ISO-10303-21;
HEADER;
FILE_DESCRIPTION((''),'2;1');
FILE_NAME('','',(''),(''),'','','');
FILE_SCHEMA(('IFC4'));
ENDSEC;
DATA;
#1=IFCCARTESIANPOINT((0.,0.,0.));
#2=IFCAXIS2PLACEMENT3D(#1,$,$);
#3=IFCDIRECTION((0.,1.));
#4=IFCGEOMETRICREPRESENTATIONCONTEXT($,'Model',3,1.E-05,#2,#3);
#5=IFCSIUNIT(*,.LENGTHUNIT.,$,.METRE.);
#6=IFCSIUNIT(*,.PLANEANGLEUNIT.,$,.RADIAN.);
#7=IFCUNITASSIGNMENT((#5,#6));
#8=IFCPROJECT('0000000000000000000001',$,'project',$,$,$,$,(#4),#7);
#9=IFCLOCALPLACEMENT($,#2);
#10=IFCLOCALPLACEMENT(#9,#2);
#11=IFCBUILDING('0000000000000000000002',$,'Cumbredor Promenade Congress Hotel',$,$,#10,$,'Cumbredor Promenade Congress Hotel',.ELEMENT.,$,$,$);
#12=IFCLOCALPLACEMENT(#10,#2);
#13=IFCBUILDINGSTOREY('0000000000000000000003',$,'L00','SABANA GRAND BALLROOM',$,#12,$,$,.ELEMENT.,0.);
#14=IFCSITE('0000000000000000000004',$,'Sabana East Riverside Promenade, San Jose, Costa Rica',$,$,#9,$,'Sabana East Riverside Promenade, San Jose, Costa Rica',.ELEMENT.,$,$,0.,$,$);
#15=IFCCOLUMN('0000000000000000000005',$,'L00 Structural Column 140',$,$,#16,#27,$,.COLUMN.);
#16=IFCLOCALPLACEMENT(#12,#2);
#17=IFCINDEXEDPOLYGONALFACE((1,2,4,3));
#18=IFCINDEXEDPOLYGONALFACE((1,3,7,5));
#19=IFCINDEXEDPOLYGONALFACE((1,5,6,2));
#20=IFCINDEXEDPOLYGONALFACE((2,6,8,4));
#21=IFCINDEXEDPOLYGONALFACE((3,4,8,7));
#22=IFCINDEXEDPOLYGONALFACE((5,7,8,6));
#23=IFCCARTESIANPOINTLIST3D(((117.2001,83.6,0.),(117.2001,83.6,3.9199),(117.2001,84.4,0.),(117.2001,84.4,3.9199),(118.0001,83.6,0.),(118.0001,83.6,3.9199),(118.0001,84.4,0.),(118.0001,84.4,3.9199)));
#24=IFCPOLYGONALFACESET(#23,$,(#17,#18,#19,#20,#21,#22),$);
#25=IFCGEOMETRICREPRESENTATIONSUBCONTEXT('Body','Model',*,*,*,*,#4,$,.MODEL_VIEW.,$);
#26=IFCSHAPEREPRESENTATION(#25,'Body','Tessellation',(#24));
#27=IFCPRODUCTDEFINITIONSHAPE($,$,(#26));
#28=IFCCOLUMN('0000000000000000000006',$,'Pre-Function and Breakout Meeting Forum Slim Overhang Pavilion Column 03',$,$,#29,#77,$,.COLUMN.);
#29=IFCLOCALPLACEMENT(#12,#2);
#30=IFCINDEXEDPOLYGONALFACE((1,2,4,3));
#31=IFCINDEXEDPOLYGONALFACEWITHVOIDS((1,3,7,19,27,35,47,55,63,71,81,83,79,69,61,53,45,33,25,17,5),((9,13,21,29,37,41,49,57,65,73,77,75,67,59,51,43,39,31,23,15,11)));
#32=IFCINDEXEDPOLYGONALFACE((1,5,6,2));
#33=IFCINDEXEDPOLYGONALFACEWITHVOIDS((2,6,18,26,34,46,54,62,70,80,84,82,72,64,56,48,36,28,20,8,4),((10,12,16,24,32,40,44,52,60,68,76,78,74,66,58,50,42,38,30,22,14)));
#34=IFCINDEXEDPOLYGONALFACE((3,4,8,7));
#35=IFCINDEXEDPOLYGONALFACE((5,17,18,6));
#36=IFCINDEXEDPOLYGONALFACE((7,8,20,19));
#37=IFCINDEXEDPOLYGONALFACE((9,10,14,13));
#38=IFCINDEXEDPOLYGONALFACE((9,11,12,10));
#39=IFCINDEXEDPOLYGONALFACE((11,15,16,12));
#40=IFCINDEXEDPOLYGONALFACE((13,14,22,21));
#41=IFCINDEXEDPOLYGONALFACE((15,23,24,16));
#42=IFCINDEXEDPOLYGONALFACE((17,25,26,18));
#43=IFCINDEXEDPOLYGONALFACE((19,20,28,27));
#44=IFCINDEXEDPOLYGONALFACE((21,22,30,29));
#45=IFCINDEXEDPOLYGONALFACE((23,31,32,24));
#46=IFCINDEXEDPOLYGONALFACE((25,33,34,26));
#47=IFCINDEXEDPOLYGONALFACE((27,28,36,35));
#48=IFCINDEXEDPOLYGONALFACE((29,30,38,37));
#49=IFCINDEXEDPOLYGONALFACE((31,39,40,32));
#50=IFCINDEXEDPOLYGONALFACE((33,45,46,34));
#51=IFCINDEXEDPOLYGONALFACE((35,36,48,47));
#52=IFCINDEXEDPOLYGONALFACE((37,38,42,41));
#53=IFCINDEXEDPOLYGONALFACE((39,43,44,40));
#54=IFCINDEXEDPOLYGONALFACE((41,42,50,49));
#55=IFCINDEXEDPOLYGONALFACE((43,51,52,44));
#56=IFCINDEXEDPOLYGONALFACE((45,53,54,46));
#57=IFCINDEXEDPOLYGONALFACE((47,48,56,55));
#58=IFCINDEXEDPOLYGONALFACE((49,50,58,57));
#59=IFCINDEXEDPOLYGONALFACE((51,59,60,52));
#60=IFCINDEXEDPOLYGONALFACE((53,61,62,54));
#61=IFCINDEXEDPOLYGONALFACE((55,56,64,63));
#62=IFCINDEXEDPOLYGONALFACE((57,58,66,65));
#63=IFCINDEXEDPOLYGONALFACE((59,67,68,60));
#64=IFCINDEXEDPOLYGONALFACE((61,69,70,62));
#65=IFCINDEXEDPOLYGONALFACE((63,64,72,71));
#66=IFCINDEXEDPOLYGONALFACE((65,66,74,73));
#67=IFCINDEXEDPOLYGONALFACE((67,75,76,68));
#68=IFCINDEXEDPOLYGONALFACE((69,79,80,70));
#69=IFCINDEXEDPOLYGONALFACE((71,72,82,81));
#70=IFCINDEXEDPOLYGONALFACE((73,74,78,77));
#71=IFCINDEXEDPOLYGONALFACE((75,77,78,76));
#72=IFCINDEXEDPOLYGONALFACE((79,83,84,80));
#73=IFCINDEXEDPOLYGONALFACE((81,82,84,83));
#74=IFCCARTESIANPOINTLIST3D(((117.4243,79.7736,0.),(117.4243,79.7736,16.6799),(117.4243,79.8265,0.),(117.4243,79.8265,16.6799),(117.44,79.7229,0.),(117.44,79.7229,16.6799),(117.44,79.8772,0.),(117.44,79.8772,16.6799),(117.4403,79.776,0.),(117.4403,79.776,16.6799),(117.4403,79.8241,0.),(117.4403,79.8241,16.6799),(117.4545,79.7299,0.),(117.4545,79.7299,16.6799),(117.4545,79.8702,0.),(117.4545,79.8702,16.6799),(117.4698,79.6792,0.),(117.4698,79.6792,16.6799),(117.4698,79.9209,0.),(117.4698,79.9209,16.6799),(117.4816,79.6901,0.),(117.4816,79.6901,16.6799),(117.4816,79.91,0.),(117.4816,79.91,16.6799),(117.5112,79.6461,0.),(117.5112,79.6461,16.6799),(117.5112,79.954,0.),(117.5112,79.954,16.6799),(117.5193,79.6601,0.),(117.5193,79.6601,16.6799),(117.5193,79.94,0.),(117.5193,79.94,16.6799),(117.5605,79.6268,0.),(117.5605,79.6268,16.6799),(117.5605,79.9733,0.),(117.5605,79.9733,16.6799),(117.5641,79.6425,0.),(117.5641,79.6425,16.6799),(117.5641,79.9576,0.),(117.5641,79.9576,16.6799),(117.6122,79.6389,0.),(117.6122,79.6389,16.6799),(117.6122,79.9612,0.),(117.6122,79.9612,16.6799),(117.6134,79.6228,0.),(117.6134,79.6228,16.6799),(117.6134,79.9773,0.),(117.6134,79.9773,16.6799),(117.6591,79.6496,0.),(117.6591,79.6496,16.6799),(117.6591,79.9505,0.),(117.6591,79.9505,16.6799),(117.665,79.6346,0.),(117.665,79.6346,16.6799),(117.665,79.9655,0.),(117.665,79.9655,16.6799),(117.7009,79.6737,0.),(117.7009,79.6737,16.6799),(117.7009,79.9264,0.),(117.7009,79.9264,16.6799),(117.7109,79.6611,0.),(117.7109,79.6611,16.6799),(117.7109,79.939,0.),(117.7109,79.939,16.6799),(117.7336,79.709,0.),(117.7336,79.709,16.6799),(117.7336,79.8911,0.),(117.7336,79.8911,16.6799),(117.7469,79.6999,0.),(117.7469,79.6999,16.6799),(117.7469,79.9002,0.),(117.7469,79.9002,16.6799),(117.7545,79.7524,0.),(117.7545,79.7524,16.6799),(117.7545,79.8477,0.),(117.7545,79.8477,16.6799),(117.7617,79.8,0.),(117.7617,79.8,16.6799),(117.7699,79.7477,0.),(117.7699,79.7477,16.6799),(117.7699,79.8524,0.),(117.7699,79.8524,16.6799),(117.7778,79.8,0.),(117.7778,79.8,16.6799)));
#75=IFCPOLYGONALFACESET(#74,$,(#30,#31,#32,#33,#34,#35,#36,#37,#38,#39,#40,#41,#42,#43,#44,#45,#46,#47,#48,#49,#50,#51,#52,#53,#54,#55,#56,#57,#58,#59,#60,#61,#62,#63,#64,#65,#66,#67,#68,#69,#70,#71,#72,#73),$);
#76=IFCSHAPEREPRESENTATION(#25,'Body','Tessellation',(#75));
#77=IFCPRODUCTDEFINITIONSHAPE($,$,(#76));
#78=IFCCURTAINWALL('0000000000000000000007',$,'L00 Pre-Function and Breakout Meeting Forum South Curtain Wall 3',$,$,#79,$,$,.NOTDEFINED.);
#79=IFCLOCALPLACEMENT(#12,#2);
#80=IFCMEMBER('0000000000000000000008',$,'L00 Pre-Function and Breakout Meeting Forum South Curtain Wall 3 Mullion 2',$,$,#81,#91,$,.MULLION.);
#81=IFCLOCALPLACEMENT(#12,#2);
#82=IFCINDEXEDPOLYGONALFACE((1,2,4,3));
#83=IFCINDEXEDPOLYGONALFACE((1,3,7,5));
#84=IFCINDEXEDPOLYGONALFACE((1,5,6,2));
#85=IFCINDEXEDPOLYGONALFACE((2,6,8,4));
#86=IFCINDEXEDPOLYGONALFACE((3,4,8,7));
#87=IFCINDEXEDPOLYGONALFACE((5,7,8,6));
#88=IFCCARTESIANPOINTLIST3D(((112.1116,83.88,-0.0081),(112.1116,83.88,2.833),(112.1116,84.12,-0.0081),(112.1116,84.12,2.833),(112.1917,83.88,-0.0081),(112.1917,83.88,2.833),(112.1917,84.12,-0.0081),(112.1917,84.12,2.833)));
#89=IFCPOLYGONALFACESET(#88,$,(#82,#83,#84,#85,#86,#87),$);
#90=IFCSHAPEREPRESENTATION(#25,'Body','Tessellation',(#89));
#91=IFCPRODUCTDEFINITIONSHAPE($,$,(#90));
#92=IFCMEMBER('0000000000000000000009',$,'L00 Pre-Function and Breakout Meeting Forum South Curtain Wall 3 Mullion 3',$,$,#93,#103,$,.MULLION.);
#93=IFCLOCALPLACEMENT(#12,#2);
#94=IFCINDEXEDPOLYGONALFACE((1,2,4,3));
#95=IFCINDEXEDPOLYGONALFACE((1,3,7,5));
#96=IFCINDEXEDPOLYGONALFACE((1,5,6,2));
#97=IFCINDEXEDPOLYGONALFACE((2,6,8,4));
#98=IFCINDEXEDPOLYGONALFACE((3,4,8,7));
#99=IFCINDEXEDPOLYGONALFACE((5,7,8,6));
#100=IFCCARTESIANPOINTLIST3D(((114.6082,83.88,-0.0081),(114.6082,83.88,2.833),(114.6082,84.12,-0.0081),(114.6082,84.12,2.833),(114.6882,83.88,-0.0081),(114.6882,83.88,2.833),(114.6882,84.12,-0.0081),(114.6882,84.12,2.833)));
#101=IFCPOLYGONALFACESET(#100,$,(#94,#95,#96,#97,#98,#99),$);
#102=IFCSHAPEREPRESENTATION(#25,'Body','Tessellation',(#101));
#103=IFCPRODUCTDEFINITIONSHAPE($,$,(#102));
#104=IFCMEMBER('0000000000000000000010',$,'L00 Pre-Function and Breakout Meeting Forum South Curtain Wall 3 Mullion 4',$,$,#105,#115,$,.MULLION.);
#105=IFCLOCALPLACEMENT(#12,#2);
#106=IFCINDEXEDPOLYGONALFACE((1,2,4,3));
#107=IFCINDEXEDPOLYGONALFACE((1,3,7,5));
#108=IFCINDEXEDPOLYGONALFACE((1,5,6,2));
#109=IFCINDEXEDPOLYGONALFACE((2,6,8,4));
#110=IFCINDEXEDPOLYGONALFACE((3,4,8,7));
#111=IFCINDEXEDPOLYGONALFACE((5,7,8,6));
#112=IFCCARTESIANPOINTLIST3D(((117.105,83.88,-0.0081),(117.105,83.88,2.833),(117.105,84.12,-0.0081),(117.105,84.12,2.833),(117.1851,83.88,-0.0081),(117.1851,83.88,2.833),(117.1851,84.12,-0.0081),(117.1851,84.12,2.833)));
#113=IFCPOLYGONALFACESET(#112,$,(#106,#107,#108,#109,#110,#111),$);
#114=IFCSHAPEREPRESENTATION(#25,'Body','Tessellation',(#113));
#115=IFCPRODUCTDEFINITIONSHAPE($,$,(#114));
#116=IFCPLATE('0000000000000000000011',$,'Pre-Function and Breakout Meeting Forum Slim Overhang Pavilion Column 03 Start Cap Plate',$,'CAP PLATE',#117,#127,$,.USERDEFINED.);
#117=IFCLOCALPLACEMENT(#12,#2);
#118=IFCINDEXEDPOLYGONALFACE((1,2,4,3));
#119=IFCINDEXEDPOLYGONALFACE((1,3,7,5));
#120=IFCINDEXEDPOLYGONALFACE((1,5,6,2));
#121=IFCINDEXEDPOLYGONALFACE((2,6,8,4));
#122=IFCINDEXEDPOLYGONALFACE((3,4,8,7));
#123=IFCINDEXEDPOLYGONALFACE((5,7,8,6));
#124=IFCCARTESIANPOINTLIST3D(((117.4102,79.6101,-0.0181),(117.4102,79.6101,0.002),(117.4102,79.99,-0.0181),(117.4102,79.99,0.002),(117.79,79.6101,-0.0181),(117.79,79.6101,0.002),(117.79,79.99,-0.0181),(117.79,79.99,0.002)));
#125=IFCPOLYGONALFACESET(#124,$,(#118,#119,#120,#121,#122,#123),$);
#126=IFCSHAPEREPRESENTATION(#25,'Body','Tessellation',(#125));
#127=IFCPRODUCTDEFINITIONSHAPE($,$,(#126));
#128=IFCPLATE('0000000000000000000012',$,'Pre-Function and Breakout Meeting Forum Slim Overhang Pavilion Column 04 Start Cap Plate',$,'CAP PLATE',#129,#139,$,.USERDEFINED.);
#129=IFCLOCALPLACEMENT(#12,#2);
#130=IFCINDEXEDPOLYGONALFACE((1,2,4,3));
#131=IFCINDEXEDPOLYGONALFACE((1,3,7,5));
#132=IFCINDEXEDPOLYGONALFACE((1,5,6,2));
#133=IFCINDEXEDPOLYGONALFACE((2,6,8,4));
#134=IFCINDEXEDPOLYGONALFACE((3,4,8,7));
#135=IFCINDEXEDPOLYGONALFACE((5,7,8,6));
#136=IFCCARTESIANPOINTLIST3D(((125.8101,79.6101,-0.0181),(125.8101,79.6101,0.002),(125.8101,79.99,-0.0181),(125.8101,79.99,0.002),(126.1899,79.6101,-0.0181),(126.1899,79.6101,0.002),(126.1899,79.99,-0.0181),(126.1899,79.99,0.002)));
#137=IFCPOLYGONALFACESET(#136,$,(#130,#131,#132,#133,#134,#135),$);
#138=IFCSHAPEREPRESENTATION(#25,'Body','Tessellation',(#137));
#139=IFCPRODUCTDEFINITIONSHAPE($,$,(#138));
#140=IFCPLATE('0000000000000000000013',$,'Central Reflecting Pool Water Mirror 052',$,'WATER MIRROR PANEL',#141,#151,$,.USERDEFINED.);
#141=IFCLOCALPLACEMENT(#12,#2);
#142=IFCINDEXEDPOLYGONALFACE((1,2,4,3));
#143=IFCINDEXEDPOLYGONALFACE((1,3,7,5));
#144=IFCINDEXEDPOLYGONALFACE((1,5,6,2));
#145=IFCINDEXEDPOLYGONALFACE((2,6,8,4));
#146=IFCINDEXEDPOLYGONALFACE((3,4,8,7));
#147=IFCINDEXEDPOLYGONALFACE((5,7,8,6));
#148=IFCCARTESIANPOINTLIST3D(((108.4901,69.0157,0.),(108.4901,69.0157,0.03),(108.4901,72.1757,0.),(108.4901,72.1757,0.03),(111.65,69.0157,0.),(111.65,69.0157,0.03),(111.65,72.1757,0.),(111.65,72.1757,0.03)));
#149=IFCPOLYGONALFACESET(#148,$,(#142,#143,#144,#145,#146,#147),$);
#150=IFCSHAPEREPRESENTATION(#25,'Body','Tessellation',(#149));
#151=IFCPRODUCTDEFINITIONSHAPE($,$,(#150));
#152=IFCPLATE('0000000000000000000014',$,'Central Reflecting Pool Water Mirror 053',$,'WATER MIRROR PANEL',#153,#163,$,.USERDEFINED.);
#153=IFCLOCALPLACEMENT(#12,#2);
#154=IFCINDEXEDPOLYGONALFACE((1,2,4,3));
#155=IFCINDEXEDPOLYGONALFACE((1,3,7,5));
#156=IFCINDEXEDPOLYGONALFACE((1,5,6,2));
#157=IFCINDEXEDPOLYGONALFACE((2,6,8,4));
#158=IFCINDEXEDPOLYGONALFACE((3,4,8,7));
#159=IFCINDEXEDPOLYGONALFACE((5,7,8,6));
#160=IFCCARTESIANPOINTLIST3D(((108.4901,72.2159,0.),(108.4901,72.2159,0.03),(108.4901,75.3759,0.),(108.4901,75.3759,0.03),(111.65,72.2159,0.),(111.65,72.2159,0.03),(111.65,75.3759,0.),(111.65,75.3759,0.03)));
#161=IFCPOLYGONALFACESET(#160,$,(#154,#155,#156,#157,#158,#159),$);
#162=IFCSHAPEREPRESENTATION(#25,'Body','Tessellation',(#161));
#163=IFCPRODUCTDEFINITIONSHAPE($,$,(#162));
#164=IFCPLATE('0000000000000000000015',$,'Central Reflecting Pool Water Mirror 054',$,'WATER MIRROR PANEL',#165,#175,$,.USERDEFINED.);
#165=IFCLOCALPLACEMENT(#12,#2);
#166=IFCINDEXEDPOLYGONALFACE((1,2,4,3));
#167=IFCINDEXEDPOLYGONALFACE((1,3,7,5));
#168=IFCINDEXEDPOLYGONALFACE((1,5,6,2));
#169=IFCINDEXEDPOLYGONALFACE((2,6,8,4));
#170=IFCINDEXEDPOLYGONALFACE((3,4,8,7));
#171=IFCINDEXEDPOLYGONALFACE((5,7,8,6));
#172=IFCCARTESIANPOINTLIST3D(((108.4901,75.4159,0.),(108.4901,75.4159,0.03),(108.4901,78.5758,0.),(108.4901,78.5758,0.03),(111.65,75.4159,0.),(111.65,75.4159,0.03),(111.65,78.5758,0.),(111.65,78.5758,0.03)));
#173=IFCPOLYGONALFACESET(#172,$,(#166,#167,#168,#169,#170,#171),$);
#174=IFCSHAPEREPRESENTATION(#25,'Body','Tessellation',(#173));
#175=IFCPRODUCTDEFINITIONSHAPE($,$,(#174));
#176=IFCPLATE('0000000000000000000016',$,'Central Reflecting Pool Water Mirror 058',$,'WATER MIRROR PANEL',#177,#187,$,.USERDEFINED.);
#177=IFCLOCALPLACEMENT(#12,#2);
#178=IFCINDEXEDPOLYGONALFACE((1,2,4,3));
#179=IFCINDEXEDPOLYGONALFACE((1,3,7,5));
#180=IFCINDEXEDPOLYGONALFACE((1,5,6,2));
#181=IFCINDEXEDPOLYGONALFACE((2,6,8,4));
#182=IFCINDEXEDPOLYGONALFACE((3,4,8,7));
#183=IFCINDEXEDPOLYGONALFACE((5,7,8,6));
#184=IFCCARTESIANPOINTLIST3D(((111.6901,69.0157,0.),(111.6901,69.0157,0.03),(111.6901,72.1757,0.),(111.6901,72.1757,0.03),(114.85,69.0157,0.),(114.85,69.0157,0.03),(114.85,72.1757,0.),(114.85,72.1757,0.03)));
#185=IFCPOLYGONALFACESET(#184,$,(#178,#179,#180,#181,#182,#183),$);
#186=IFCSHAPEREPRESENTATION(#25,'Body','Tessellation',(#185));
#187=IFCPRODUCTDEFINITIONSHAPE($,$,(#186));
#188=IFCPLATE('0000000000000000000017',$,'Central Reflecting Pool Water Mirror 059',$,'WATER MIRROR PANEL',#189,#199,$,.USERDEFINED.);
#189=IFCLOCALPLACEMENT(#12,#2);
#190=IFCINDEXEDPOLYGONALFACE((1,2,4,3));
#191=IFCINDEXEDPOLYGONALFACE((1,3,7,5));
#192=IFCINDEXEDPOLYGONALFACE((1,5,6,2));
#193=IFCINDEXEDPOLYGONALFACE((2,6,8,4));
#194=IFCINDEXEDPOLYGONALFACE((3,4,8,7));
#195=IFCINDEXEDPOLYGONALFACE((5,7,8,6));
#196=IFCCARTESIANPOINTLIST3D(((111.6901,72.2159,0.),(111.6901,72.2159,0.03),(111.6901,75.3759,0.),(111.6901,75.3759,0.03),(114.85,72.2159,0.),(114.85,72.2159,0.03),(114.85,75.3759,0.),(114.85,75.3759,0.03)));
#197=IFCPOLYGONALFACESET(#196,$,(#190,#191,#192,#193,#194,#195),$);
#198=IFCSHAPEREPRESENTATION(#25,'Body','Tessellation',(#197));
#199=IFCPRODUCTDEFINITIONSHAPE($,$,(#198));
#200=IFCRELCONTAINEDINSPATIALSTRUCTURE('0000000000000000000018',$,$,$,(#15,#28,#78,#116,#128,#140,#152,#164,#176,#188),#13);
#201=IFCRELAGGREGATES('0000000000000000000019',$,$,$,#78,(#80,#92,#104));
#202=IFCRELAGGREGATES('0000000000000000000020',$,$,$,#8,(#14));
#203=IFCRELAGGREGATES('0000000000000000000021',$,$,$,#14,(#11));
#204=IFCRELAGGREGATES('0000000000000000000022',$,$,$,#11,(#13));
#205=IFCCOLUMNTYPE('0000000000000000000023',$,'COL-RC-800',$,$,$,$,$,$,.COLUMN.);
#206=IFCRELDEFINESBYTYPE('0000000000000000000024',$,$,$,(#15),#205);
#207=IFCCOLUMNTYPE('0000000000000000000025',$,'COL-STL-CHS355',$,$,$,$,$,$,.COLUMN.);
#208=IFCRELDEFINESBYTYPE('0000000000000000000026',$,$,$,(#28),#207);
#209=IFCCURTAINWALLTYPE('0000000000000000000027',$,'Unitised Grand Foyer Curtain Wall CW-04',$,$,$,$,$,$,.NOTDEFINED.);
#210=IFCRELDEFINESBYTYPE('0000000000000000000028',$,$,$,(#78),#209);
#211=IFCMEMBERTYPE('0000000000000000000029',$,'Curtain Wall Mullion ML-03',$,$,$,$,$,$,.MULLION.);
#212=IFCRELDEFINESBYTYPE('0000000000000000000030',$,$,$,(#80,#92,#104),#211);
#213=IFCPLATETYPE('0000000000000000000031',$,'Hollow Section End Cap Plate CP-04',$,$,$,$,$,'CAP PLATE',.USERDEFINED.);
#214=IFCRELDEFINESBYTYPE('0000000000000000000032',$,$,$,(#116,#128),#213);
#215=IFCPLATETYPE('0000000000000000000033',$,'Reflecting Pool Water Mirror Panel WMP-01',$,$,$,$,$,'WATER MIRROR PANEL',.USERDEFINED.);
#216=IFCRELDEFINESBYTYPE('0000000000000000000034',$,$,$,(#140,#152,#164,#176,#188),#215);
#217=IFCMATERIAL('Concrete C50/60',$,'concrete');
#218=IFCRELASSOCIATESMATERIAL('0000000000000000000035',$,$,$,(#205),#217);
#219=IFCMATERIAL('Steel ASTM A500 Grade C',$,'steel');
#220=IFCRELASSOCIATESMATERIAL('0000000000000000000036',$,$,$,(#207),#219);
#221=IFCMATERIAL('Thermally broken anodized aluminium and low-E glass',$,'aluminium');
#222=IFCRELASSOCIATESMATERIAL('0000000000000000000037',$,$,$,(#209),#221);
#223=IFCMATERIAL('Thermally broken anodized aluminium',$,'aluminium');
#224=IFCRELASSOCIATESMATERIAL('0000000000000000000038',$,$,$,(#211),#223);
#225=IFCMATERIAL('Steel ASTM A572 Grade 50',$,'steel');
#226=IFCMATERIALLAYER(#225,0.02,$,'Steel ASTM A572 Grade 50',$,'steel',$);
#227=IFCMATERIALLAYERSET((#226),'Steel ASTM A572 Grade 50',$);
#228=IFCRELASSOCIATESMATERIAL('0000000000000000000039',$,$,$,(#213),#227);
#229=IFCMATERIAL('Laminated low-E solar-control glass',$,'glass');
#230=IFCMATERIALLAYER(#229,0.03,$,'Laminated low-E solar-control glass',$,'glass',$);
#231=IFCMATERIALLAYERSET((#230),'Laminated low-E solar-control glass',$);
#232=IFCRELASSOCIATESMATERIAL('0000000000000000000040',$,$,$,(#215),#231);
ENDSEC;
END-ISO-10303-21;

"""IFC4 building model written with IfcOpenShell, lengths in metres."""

from ifc_helpers import new_model, si_unit, direction, frame, origin, origin_2d, place, context, subcontext, project, spatial, rectangle, hollow_circle, extrude, material, layer, layer_set, material_profile, profile_set, type_object, element, aggregate, save


model = new_model("IFC4")

# Units and contexts
model_context = context("Model", 3, precision=1e-05, world=origin(), true_north=direction((0.0, 1.0)))
body_context = subcontext(model_context, "Body", "Model", "MODEL_VIEW")
ifc_project = project(units=[si_unit("LENGTHUNIT", "METRE"), si_unit("PLANEANGLEUNIT", "RADIAN")], contexts=[model_context])

# Site, building, storey
site_placement = place(None, origin())
site = spatial("IfcSite", under=ifc_project, at=site_placement, Name="Sabana East Riverside Promenade, San Jose, Costa Rica", LongName="Sabana East Riverside Promenade, San Jose, Costa Rica", CompositionType="ELEMENT", RefElevation=0.0)
building_placement = place(site_placement, origin())
building = spatial("IfcBuilding", under=site, at=building_placement, Name="Cumbredor Promenade Congress Hotel", LongName="Cumbredor Promenade Congress Hotel", CompositionType="ELEMENT")
storey_placement = place(building_placement, origin())
storey = spatial("IfcBuildingStorey", under=building, at=storey_placement, Name="L00", Description="SABANA GRAND BALLROOM", CompositionType="ELEMENT", Elevation=0.0)

# Columns
ifc_material_1 = material(Name="Concrete C50/60", Category="concrete")
ifc_material_profile_1 = material_profile(ifc_material_1, rectangle(XDim=0.8, YDim=0.8, at=origin_2d()), Name="RC 800x800")
ifc_profile_set_1 = profile_set([ifc_material_profile_1], Name="Concrete C50/60")
column_type_1 = type_object("IfcColumnType", Name="COL-RC-800", PredefinedType="COLUMN", material=ifc_profile_set_1)
column_1_placement = place(storey_placement, frame((117.6001, 84.0, 0.0), z_axis=(0.0, 0.0, 1.0), x_axis=(1.0, 0.0, 0.0)))
element("IfcColumn", 1, at=column_1_placement, inside=storey, type_object=column_type_1, Name="L00 Structural Column 140", PredefinedType="COLUMN", context=body_context, shape_type="SweptSolid", body=[
    extrude(rectangle(XDim=0.8, YDim=0.8, at=origin_2d()), origin(), (0.0, 0.0, 1.0), 3.9199),
])
ifc_material_2 = material(Name="Steel ASTM A500 Grade C", Category="steel")
ifc_material_profile_2 = material_profile(ifc_material_2, hollow_circle(Radius=0.1777, WallThickness=0.0161, at=origin_2d()), Name="CHS 355.6x16")
ifc_profile_set_2 = profile_set([ifc_material_profile_2], Name="Steel ASTM A500 Grade C")
column_type_2 = type_object("IfcColumnType", Name="COL-STL-CHS355", PredefinedType="COLUMN", material=ifc_profile_set_2)
column_2_placement = place(storey_placement, frame((117.6001, 79.8, 0.0), z_axis=(0.0, 0.0, 1.0), x_axis=(1.0, 0.0, 0.0)))
element("IfcColumn", 2, at=column_2_placement, inside=storey, type_object=column_type_2, Name="Pre-Function and Breakout Meeting Forum Slim Overhang Pavilion Column 03", PredefinedType="COLUMN", context=body_context, shape_type="SweptSolid", body=[
    extrude(hollow_circle(Radius=0.1777, WallThickness=0.0161, at=origin_2d()), origin(), (0.0, 0.0, 1.0), 16.6799),
])

# Curtain wall, members
ifc_material_3 = material(Name="Thermally broken anodized aluminium and low-E glass", Category="aluminium")
curtain_wall_type = type_object("IfcCurtainWallType", Name="Unitised Grand Foyer Curtain Wall CW-04", PredefinedType="NOTDEFINED", material=ifc_material_3)
curtain_wall_placement = place(storey_placement, origin())
curtain_wall = element("IfcCurtainWall", 3, at=curtain_wall_placement, inside=storey, type_object=curtain_wall_type, Name="L00 Pre-Function and Breakout Meeting Forum South Curtain Wall 3", PredefinedType="NOTDEFINED")
ifc_material_4 = material(Name="Thermally broken anodized aluminium", Category="aluminium")
ifc_material_profile_3 = material_profile(ifc_material_4, rectangle(XDim=0.0801, YDim=0.24, at=origin_2d()), Name="ALU MULLION 80x240")
ifc_profile_set_3 = profile_set([ifc_material_profile_3], Name="Thermally broken anodized aluminium")
member_type = type_object("IfcMemberType", Name="Curtain Wall Mullion ML-03", PredefinedType="MULLION", material=ifc_profile_set_3)
member_1_placement = place(storey_placement, frame((112.1516, 84.0, -0.0081), z_axis=(0.0, 0.0, 1.0), x_axis=(1.0, 0.0, 0.0)))
member_1 = element("IfcMember", 4, at=member_1_placement, type_object=member_type, Name="L00 Pre-Function and Breakout Meeting Forum South Curtain Wall 3 Mullion 2", PredefinedType="MULLION", context=body_context, shape_type="SweptSolid", body=[
    extrude(rectangle(XDim=0.0801, YDim=0.24, at=origin_2d()), origin(), (0.0, 0.0, 1.0), 2.8411),
])
member_2_placement = place(storey_placement, frame((114.6482, 84.0, -0.0081), z_axis=(0.0, 0.0, 1.0), x_axis=(1.0, 0.0, 0.0)))
member_2 = element("IfcMember", 5, at=member_2_placement, type_object=member_type, Name="L00 Pre-Function and Breakout Meeting Forum South Curtain Wall 3 Mullion 3", PredefinedType="MULLION", context=body_context, shape_type="SweptSolid", body=[
    extrude(rectangle(XDim=0.0801, YDim=0.24, at=origin_2d()), origin(), (0.0, 0.0, 1.0), 2.8411),
])
member_3_placement = place(storey_placement, frame((117.145, 84.0, -0.0081), z_axis=(0.0, 0.0, 1.0), x_axis=(1.0, 0.0, 0.0)))
member_3 = element("IfcMember", 6, at=member_3_placement, type_object=member_type, Name="L00 Pre-Function and Breakout Meeting Forum South Curtain Wall 3 Mullion 4", PredefinedType="MULLION", context=body_context, shape_type="SweptSolid", body=[
    extrude(rectangle(XDim=0.0801, YDim=0.24, at=origin_2d()), origin(), (0.0, 0.0, 1.0), 2.8411),
])
aggregate(curtain_wall, [member_1, member_2, member_3])

# Plates
ifc_material_5 = material(Name="Steel ASTM A572 Grade 50", Category="steel")
ifc_layer_1 = layer(ifc_material_5, 0.02, Name="Steel ASTM A572 Grade 50", Category="steel")
ifc_layer_set_1 = layer_set([ifc_layer_1], Name="Steel ASTM A572 Grade 50")
plate_type_1 = type_object("IfcPlateType", Name="Hollow Section End Cap Plate CP-04", ElementType="CAP PLATE", PredefinedType="USERDEFINED", material=ifc_layer_set_1)
for number, where, z_axis, x_axis, name in (
    (7, (117.6001, 79.8, -0.0181), (0.0, 0.0, 1.0), (1.0, 0.0, 0.0), "Pre-Function and Breakout Meeting Forum Slim Overhang Pavilion Column 03 Start Cap Plate"),
    (8, (126.0, 79.8, -0.0181), (0.0, 0.0, 1.0), (1.0, 0.0, 0.0), "Pre-Function and Breakout Meeting Forum Slim Overhang Pavilion Column 04 Start Cap Plate"),
):
    element("IfcPlate", number, at=place(storey_placement, frame(where, z_axis=z_axis, x_axis=x_axis)), inside=storey, type_object=plate_type_1, Name=name, ObjectType="CAP PLATE", PredefinedType="USERDEFINED", context=body_context, shape_type="SweptSolid", body=[
        extrude(rectangle(XDim=0.3799, YDim=0.3799, at=origin_2d()), origin(), (0.0, 0.0, 1.0), 0.02),
    ])
ifc_material_6 = material(Name="Laminated low-E solar-control glass", Category="glass")
ifc_layer_2 = layer(ifc_material_6, 0.03, Name="Laminated low-E solar-control glass", Category="glass")
ifc_layer_set_2 = layer_set([ifc_layer_2], Name="Laminated low-E solar-control glass")
plate_type_2 = type_object("IfcPlateType", Name="Reflecting Pool Water Mirror Panel WMP-01", ElementType="WATER MIRROR PANEL", PredefinedType="USERDEFINED", material=ifc_layer_set_2)
for number, where, z_axis, x_axis, name in (
    (9, (110.0701, 70.5957, 0.0), (0.0, 0.0, 1.0), (1.0, 0.0, 0.0), "Central Reflecting Pool Water Mirror 052"),
    (10, (110.0701, 73.7959, 0.0), (0.0, 0.0, 1.0), (1.0, 0.0, 0.0), "Central Reflecting Pool Water Mirror 053"),
    (11, (110.0701, 76.9958, 0.0), (0.0, 0.0, 1.0), (1.0, 0.0, 0.0), "Central Reflecting Pool Water Mirror 054"),
    (12, (113.27, 70.5957, 0.0), (0.0, 0.0, 1.0), (1.0, 0.0, 0.0), "Central Reflecting Pool Water Mirror 058"),
    (13, (113.27, 73.7959, 0.0), (0.0, 0.0, 1.0), (1.0, 0.0, 0.0), "Central Reflecting Pool Water Mirror 059"),
):
    element("IfcPlate", number, at=place(storey_placement, frame(where, z_axis=z_axis, x_axis=x_axis)), inside=storey, type_object=plate_type_2, Name=name, ObjectType="WATER MIRROR PANEL", PredefinedType="USERDEFINED", context=body_context, shape_type="SweptSolid", body=[
        extrude(rectangle(XDim=3.1599, YDim=3.1599, at=origin_2d()), origin(), (0.0, 0.0, 1.0), 0.03),
    ])

save(model, "model.ifc")
